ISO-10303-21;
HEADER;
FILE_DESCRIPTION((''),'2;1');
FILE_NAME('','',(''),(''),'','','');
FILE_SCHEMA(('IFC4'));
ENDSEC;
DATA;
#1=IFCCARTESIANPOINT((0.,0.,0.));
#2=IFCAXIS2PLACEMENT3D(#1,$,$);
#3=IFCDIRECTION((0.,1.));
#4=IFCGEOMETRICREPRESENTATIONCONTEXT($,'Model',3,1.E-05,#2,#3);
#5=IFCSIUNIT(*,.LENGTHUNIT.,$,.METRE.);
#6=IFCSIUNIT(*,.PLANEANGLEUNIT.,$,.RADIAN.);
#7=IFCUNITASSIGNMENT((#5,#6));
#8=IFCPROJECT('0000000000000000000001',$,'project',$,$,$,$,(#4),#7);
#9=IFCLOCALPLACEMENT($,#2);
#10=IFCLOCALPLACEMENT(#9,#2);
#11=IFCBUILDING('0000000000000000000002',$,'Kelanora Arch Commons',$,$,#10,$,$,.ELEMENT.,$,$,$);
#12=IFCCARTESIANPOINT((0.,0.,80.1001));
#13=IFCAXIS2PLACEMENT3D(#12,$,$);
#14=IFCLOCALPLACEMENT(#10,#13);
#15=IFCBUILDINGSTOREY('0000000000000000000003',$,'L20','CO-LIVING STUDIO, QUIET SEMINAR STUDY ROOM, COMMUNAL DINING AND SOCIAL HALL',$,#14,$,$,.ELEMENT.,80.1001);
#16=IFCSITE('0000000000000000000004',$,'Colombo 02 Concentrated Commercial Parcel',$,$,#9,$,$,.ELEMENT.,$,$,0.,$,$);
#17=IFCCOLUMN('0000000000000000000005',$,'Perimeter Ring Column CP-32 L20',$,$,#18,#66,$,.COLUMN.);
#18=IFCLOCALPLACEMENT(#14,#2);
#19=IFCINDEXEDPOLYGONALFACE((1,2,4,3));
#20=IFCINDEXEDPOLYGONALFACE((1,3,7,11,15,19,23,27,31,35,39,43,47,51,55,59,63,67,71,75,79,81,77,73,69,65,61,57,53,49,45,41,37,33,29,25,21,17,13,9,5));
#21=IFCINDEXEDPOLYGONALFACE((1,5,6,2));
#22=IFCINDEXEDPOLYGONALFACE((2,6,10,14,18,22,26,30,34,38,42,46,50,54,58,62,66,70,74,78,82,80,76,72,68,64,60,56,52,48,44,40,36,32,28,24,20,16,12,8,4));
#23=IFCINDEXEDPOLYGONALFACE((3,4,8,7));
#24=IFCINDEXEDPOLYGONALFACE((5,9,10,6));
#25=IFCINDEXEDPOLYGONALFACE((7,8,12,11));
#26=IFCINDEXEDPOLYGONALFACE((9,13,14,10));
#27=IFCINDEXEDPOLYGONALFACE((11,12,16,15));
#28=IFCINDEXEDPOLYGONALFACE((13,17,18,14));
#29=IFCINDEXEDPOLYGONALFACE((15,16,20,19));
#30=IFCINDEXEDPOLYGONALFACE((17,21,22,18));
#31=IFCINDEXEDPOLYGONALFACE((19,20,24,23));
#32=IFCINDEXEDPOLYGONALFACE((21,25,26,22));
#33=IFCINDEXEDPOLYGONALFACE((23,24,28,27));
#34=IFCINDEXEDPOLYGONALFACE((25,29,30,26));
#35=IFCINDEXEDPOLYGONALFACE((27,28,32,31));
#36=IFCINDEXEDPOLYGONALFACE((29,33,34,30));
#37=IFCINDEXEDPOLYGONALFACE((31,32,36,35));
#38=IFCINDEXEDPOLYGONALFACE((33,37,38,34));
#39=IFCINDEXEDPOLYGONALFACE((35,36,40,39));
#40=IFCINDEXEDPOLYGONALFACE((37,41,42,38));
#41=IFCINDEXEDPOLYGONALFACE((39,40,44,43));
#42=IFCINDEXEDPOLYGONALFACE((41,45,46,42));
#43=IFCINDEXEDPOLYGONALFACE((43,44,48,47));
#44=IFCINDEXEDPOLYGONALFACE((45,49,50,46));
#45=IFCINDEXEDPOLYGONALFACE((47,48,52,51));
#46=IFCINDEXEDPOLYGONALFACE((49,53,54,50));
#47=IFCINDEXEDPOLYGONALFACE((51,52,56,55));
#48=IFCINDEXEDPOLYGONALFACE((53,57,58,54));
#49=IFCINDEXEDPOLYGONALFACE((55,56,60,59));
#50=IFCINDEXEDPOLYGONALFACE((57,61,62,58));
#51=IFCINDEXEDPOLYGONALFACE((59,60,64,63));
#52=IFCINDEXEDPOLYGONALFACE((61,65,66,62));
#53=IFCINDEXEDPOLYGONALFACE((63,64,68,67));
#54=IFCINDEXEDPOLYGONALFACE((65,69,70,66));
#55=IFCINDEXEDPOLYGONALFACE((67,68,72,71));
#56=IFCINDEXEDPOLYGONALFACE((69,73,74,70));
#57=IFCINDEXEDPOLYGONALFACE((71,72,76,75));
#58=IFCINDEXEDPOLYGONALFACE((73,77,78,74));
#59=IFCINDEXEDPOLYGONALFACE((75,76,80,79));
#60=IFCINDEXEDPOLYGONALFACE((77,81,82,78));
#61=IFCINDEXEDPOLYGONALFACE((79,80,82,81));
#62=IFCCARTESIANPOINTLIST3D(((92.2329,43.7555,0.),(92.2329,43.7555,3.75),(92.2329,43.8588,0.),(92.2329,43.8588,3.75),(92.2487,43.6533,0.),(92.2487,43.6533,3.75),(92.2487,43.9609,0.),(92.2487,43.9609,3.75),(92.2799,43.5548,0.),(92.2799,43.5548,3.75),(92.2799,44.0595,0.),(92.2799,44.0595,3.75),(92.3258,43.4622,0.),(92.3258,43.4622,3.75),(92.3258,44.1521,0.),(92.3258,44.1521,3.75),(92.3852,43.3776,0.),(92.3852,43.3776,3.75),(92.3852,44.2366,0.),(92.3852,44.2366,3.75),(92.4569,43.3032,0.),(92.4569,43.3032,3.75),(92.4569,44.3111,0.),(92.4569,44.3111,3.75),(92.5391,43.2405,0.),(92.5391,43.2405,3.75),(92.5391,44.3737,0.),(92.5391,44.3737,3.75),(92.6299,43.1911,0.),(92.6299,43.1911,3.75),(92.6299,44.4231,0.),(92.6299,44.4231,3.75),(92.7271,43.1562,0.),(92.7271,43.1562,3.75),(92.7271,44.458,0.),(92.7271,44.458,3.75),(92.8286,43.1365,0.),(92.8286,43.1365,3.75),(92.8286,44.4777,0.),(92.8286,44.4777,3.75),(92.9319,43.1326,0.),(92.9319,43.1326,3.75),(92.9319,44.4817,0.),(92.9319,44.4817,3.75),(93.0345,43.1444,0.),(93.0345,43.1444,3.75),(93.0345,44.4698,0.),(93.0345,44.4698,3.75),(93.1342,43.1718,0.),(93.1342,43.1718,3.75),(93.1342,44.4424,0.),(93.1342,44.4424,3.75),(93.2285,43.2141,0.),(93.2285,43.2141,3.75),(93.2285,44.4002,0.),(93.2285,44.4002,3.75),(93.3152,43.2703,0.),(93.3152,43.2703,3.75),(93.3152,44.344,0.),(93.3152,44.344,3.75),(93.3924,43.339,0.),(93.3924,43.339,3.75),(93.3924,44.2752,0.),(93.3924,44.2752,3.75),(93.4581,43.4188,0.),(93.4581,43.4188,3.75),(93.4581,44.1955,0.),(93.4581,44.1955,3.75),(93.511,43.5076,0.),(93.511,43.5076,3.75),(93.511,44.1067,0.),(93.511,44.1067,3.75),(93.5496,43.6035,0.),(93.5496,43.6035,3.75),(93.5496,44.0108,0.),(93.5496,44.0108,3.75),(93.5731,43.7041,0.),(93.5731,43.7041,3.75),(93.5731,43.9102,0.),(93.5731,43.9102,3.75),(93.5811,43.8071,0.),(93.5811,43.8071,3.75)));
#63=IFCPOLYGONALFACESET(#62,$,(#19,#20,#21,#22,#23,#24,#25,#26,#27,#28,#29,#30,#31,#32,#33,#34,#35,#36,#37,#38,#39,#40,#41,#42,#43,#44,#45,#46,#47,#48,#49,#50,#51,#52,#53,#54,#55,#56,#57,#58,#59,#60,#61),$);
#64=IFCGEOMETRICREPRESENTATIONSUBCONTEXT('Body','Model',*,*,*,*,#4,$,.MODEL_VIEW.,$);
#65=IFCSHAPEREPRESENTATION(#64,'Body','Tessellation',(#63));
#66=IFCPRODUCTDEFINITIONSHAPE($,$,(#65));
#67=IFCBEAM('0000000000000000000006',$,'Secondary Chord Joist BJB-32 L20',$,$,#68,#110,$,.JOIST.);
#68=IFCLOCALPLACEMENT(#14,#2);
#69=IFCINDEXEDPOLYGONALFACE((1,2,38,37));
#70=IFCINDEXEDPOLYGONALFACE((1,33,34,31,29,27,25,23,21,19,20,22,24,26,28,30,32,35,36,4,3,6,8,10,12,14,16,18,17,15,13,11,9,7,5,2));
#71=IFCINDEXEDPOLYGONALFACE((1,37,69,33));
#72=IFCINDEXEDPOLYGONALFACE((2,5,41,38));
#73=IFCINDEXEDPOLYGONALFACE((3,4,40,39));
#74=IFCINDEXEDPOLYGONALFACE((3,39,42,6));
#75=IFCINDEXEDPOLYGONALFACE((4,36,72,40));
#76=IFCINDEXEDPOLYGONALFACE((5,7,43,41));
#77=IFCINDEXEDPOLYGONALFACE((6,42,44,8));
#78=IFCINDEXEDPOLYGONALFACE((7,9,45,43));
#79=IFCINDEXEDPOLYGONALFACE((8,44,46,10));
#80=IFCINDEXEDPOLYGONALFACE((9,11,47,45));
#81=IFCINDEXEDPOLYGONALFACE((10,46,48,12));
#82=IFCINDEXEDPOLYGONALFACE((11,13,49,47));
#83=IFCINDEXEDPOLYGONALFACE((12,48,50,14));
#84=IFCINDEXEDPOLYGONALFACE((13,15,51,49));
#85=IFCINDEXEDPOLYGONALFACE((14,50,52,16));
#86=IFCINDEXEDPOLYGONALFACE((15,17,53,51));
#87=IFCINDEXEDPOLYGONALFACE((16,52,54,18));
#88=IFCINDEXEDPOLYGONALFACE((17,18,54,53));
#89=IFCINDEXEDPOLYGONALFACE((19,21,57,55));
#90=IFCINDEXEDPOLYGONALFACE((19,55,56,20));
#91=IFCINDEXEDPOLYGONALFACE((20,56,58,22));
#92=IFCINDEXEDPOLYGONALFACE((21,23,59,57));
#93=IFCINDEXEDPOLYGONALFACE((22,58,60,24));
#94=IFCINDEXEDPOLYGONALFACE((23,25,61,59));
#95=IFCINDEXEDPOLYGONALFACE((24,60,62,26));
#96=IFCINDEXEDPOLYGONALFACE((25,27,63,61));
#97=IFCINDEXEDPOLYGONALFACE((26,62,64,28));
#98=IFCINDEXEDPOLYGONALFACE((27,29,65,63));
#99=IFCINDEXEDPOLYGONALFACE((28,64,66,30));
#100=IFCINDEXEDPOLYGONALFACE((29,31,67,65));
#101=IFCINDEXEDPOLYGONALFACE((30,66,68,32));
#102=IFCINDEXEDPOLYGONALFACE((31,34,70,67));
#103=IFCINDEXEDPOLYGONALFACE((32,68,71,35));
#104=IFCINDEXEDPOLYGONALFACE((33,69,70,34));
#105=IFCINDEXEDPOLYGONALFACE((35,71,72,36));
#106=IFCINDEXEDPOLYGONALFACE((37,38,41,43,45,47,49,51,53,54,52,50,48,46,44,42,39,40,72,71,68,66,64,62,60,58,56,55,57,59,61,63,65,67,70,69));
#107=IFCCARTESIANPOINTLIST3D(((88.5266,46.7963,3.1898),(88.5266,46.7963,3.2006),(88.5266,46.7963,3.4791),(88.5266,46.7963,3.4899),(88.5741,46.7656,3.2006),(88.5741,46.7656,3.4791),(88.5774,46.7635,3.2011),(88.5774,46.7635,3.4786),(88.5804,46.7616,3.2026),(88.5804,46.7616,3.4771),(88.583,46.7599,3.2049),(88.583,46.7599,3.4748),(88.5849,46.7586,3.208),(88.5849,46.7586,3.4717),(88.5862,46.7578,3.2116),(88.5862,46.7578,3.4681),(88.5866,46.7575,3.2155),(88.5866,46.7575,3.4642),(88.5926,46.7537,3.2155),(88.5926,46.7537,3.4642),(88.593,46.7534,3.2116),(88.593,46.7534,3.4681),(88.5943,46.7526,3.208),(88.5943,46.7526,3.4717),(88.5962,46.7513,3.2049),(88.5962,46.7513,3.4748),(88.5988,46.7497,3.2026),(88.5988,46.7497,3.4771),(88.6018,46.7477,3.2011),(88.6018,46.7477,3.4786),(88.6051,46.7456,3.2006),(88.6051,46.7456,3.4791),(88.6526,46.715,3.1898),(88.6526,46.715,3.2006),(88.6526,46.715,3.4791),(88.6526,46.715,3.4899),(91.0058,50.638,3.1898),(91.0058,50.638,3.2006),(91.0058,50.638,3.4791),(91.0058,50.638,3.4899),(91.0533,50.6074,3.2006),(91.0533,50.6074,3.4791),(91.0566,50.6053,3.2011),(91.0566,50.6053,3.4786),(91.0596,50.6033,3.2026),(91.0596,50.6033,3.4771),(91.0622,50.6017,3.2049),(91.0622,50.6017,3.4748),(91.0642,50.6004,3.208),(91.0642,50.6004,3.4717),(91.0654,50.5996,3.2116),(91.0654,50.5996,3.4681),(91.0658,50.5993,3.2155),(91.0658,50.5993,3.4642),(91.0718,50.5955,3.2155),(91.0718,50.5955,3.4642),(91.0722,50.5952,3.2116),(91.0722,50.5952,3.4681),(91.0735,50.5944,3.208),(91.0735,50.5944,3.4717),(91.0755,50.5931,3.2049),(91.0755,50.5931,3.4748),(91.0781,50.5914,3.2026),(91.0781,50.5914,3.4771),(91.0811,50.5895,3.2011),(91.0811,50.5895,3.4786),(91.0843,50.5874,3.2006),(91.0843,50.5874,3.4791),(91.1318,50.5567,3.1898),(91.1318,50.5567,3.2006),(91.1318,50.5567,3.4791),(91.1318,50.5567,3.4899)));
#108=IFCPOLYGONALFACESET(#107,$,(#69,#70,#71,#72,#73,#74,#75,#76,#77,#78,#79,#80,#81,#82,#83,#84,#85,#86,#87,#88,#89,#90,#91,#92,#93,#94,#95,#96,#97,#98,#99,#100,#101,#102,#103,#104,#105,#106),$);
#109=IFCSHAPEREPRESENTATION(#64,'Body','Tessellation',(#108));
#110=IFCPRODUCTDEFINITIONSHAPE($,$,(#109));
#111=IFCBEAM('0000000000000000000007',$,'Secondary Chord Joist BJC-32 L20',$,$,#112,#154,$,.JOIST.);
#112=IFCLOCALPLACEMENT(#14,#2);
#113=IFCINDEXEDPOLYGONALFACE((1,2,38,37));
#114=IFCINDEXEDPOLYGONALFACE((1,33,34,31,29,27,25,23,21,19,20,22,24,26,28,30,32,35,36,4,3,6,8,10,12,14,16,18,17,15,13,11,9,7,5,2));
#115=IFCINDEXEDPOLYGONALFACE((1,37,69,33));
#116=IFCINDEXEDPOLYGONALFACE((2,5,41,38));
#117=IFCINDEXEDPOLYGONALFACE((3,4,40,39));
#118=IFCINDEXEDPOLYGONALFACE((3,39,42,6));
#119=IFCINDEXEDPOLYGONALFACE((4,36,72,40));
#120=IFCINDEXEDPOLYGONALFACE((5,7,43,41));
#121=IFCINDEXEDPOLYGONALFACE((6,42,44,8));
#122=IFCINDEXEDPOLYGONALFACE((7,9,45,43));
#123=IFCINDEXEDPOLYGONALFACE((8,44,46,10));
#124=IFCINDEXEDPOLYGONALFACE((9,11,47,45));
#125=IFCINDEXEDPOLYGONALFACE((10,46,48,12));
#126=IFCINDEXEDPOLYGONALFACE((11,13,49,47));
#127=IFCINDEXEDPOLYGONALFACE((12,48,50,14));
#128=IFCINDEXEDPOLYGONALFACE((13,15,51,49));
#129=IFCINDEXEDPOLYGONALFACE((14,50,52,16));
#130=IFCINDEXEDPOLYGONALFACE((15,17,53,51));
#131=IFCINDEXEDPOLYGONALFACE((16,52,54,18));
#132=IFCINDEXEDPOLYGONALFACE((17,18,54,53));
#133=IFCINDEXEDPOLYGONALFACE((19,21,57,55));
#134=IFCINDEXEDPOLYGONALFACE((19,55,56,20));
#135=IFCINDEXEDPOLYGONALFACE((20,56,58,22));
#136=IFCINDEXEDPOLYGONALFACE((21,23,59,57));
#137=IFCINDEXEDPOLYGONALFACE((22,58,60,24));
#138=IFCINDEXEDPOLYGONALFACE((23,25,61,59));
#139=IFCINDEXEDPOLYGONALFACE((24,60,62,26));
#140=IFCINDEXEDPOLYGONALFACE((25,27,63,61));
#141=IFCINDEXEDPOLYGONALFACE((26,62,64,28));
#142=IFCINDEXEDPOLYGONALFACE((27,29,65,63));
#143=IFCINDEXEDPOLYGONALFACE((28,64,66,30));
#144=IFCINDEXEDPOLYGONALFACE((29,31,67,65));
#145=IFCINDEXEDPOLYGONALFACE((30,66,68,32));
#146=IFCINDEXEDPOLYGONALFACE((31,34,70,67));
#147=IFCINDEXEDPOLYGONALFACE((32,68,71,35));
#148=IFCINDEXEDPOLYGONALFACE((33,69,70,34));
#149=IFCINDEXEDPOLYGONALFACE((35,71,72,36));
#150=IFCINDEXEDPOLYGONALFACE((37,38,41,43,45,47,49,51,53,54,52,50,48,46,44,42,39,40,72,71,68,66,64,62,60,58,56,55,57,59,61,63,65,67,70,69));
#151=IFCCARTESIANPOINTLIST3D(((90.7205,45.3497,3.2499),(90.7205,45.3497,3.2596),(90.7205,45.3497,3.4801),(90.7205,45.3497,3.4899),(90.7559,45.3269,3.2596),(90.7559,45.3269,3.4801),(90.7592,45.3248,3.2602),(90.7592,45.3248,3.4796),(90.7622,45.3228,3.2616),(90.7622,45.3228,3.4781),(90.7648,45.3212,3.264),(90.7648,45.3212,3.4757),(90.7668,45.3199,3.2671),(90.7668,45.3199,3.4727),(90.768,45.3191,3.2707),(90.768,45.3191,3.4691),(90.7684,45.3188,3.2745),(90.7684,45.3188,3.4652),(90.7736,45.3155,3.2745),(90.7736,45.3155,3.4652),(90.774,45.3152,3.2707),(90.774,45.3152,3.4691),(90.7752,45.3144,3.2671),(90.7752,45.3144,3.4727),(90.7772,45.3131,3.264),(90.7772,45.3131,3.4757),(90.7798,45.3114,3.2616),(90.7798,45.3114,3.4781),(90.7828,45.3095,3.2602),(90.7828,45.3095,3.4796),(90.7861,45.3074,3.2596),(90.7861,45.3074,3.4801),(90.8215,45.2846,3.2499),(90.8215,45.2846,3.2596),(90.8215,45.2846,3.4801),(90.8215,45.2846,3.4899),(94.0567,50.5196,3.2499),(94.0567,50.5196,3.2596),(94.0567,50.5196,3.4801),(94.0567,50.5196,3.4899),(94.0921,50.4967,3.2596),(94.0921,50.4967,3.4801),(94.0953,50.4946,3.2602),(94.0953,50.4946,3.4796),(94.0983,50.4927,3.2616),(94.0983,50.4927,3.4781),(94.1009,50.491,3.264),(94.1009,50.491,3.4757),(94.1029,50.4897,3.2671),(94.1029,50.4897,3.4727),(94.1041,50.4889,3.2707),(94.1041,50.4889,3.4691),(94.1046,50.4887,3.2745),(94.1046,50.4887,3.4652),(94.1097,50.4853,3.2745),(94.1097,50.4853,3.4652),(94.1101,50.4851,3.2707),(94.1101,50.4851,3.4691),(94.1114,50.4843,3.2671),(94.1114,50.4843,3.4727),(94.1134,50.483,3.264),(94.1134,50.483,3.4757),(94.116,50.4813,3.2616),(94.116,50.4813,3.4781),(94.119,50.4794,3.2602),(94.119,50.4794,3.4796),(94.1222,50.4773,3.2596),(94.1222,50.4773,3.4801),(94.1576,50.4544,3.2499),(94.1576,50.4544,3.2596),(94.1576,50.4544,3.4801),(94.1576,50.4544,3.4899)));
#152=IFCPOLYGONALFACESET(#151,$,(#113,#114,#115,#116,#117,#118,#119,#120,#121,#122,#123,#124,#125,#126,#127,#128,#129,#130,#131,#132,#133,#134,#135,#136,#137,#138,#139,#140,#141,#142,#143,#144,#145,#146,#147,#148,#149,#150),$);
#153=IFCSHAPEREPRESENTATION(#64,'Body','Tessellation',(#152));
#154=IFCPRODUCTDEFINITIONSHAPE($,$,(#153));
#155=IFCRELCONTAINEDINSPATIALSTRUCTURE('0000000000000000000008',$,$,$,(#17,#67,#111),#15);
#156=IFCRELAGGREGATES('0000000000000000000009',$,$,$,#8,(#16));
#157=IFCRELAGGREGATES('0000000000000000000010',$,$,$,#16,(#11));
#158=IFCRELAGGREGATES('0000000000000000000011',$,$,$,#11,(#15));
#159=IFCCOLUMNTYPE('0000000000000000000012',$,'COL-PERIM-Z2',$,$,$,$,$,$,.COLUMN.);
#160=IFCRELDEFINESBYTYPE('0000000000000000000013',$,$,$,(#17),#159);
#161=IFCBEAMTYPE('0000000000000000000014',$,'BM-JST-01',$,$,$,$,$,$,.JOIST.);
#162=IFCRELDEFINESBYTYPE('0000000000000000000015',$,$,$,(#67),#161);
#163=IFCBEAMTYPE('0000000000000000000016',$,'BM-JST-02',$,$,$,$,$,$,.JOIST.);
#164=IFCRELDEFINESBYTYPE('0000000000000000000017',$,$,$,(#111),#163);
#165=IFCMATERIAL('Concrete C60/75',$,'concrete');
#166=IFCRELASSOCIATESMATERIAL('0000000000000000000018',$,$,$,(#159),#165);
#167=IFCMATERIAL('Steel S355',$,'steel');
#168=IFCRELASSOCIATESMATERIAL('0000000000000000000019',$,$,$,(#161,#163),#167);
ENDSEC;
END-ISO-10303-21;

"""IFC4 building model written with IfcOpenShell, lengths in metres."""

from ifc_helpers import new_model, si_unit, direction, frame, origin, origin_2d, place, context, subcontext, project, spatial, circle, i_section, extrude, material, material_profile, profile_set, type_object, element, save


model = new_model("IFC4")

# Units and contexts
model_context = context("Model", 3, precision=1e-05, world=origin(), true_north=direction((0.0, 1.0)))
body_context = subcontext(model_context, "Body", "Model", "MODEL_VIEW")
ifc_project = project(units=[si_unit("LENGTHUNIT", "METRE"), si_unit("PLANEANGLEUNIT", "RADIAN")], contexts=[model_context])

# Site, building, storey
site_placement = place(None, origin())
site = spatial("IfcSite", under=ifc_project, at=site_placement, Name="Colombo 02 Concentrated Commercial Parcel", CompositionType="ELEMENT", RefElevation=0.0)
building_placement = place(site_placement, origin())
building = spatial("IfcBuilding", under=site, at=building_placement, Name="Kelanora Arch Commons", CompositionType="ELEMENT")
storey_placement = place(building_placement, frame((0.0, 0.0, 80.1001)))
storey = spatial("IfcBuildingStorey", under=building, at=storey_placement, Name="L20", Description="CO-LIVING STUDIO, QUIET SEMINAR STUDY ROOM, COMMUNAL DINING AND SOCIAL HALL", CompositionType="ELEMENT", Elevation=80.1001)

# Column
ifc_material_1 = material(Name="Concrete C60/75", Category="concrete")
ifc_material_profile_1 = material_profile(ifc_material_1, circle(Radius=0.675, at=origin_2d()), Name="RCC1350")
ifc_profile_set_1 = profile_set([ifc_material_profile_1], Name="Concrete C60/75")
column_type = type_object("IfcColumnType", Name="COL-PERIM-Z2", PredefinedType="COLUMN", material=ifc_profile_set_1)
column_placement = place(storey_placement, frame((92.906, 43.8071, 0.0), z_axis=(0.0, 0.0, 1.0), x_axis=(1.0, 0.0, 0.0)))
element("IfcColumn", 1, at=column_placement, inside=storey, type_object=column_type, Name="Perimeter Ring Column CP-32 L20", PredefinedType="COLUMN", context=body_context, shape_type="SweptSolid", body=[
    extrude(circle(Radius=0.675, at=origin_2d()), origin(), (0.0, 0.0, 1.0), 3.75),
])

# Beams
ifc_material_2 = material(Name="Steel S355", Category="steel")
ifc_material_profile_2 = material_profile(ifc_material_2, i_section(OverallWidth=0.1499, OverallDepth=0.3, WebThickness=0.0071, FlangeThickness=0.0107, FilletRadius=0.0149, at=origin_2d()), Name="IPE300")
ifc_profile_set_2 = profile_set([ifc_material_profile_2], Name="Steel S355")
beam_type_1 = type_object("IfcBeamType", Name="BM-JST-01", PredefinedType="JOIST", material=ifc_profile_set_2)
beam_1_placement = place(storey_placement, frame((88.5896, 46.7556, 3.3398), z_axis=(0.54223, 0.84023, 0.0), x_axis=(-0.84023, 0.54223, 0.0)))
element("IfcBeam", 2, at=beam_1_placement, inside=storey, type_object=beam_type_1, Name="Secondary Chord Joist BJB-32 L20", PredefinedType="JOIST", context=body_context, shape_type="SweptSolid", body=[
    extrude(i_section(OverallWidth=0.1499, OverallDepth=0.3, WebThickness=0.0071, FlangeThickness=0.0107, FilletRadius=0.0149, at=origin_2d()), origin(), (0.0, 0.0, 1.0), 4.5723),
])
ifc_material_profile_3 = material_profile(ifc_material_2, i_section(OverallWidth=0.1201, OverallDepth=0.24, WebThickness=0.0061, FlangeThickness=0.0098, FilletRadius=0.0149, at=origin_2d()), Name="IPE240")
ifc_profile_set_3 = profile_set([ifc_material_profile_3], Name="Steel S355")
beam_type_2 = type_object("IfcBeamType", Name="BM-JST-02", PredefinedType="JOIST", material=ifc_profile_set_3)
beam_2_placement = place(storey_placement, frame((90.771, 45.3171, 3.3699), z_axis=(0.542213, 0.840241, 0.0), x_axis=(-0.840241, 0.542213, 0.0)))
element("IfcBeam", 3, at=beam_2_placement, inside=storey, type_object=beam_type_2, Name="Secondary Chord Joist BJC-32 L20", PredefinedType="JOIST", context=body_context, shape_type="SweptSolid", body=[
    extrude(i_section(OverallWidth=0.1201, OverallDepth=0.24, WebThickness=0.0061, FlangeThickness=0.0098, FilletRadius=0.0149, at=origin_2d()), origin(), (0.0, 0.0, 1.0), 6.1528),
])

save(model, "model.ifc")
